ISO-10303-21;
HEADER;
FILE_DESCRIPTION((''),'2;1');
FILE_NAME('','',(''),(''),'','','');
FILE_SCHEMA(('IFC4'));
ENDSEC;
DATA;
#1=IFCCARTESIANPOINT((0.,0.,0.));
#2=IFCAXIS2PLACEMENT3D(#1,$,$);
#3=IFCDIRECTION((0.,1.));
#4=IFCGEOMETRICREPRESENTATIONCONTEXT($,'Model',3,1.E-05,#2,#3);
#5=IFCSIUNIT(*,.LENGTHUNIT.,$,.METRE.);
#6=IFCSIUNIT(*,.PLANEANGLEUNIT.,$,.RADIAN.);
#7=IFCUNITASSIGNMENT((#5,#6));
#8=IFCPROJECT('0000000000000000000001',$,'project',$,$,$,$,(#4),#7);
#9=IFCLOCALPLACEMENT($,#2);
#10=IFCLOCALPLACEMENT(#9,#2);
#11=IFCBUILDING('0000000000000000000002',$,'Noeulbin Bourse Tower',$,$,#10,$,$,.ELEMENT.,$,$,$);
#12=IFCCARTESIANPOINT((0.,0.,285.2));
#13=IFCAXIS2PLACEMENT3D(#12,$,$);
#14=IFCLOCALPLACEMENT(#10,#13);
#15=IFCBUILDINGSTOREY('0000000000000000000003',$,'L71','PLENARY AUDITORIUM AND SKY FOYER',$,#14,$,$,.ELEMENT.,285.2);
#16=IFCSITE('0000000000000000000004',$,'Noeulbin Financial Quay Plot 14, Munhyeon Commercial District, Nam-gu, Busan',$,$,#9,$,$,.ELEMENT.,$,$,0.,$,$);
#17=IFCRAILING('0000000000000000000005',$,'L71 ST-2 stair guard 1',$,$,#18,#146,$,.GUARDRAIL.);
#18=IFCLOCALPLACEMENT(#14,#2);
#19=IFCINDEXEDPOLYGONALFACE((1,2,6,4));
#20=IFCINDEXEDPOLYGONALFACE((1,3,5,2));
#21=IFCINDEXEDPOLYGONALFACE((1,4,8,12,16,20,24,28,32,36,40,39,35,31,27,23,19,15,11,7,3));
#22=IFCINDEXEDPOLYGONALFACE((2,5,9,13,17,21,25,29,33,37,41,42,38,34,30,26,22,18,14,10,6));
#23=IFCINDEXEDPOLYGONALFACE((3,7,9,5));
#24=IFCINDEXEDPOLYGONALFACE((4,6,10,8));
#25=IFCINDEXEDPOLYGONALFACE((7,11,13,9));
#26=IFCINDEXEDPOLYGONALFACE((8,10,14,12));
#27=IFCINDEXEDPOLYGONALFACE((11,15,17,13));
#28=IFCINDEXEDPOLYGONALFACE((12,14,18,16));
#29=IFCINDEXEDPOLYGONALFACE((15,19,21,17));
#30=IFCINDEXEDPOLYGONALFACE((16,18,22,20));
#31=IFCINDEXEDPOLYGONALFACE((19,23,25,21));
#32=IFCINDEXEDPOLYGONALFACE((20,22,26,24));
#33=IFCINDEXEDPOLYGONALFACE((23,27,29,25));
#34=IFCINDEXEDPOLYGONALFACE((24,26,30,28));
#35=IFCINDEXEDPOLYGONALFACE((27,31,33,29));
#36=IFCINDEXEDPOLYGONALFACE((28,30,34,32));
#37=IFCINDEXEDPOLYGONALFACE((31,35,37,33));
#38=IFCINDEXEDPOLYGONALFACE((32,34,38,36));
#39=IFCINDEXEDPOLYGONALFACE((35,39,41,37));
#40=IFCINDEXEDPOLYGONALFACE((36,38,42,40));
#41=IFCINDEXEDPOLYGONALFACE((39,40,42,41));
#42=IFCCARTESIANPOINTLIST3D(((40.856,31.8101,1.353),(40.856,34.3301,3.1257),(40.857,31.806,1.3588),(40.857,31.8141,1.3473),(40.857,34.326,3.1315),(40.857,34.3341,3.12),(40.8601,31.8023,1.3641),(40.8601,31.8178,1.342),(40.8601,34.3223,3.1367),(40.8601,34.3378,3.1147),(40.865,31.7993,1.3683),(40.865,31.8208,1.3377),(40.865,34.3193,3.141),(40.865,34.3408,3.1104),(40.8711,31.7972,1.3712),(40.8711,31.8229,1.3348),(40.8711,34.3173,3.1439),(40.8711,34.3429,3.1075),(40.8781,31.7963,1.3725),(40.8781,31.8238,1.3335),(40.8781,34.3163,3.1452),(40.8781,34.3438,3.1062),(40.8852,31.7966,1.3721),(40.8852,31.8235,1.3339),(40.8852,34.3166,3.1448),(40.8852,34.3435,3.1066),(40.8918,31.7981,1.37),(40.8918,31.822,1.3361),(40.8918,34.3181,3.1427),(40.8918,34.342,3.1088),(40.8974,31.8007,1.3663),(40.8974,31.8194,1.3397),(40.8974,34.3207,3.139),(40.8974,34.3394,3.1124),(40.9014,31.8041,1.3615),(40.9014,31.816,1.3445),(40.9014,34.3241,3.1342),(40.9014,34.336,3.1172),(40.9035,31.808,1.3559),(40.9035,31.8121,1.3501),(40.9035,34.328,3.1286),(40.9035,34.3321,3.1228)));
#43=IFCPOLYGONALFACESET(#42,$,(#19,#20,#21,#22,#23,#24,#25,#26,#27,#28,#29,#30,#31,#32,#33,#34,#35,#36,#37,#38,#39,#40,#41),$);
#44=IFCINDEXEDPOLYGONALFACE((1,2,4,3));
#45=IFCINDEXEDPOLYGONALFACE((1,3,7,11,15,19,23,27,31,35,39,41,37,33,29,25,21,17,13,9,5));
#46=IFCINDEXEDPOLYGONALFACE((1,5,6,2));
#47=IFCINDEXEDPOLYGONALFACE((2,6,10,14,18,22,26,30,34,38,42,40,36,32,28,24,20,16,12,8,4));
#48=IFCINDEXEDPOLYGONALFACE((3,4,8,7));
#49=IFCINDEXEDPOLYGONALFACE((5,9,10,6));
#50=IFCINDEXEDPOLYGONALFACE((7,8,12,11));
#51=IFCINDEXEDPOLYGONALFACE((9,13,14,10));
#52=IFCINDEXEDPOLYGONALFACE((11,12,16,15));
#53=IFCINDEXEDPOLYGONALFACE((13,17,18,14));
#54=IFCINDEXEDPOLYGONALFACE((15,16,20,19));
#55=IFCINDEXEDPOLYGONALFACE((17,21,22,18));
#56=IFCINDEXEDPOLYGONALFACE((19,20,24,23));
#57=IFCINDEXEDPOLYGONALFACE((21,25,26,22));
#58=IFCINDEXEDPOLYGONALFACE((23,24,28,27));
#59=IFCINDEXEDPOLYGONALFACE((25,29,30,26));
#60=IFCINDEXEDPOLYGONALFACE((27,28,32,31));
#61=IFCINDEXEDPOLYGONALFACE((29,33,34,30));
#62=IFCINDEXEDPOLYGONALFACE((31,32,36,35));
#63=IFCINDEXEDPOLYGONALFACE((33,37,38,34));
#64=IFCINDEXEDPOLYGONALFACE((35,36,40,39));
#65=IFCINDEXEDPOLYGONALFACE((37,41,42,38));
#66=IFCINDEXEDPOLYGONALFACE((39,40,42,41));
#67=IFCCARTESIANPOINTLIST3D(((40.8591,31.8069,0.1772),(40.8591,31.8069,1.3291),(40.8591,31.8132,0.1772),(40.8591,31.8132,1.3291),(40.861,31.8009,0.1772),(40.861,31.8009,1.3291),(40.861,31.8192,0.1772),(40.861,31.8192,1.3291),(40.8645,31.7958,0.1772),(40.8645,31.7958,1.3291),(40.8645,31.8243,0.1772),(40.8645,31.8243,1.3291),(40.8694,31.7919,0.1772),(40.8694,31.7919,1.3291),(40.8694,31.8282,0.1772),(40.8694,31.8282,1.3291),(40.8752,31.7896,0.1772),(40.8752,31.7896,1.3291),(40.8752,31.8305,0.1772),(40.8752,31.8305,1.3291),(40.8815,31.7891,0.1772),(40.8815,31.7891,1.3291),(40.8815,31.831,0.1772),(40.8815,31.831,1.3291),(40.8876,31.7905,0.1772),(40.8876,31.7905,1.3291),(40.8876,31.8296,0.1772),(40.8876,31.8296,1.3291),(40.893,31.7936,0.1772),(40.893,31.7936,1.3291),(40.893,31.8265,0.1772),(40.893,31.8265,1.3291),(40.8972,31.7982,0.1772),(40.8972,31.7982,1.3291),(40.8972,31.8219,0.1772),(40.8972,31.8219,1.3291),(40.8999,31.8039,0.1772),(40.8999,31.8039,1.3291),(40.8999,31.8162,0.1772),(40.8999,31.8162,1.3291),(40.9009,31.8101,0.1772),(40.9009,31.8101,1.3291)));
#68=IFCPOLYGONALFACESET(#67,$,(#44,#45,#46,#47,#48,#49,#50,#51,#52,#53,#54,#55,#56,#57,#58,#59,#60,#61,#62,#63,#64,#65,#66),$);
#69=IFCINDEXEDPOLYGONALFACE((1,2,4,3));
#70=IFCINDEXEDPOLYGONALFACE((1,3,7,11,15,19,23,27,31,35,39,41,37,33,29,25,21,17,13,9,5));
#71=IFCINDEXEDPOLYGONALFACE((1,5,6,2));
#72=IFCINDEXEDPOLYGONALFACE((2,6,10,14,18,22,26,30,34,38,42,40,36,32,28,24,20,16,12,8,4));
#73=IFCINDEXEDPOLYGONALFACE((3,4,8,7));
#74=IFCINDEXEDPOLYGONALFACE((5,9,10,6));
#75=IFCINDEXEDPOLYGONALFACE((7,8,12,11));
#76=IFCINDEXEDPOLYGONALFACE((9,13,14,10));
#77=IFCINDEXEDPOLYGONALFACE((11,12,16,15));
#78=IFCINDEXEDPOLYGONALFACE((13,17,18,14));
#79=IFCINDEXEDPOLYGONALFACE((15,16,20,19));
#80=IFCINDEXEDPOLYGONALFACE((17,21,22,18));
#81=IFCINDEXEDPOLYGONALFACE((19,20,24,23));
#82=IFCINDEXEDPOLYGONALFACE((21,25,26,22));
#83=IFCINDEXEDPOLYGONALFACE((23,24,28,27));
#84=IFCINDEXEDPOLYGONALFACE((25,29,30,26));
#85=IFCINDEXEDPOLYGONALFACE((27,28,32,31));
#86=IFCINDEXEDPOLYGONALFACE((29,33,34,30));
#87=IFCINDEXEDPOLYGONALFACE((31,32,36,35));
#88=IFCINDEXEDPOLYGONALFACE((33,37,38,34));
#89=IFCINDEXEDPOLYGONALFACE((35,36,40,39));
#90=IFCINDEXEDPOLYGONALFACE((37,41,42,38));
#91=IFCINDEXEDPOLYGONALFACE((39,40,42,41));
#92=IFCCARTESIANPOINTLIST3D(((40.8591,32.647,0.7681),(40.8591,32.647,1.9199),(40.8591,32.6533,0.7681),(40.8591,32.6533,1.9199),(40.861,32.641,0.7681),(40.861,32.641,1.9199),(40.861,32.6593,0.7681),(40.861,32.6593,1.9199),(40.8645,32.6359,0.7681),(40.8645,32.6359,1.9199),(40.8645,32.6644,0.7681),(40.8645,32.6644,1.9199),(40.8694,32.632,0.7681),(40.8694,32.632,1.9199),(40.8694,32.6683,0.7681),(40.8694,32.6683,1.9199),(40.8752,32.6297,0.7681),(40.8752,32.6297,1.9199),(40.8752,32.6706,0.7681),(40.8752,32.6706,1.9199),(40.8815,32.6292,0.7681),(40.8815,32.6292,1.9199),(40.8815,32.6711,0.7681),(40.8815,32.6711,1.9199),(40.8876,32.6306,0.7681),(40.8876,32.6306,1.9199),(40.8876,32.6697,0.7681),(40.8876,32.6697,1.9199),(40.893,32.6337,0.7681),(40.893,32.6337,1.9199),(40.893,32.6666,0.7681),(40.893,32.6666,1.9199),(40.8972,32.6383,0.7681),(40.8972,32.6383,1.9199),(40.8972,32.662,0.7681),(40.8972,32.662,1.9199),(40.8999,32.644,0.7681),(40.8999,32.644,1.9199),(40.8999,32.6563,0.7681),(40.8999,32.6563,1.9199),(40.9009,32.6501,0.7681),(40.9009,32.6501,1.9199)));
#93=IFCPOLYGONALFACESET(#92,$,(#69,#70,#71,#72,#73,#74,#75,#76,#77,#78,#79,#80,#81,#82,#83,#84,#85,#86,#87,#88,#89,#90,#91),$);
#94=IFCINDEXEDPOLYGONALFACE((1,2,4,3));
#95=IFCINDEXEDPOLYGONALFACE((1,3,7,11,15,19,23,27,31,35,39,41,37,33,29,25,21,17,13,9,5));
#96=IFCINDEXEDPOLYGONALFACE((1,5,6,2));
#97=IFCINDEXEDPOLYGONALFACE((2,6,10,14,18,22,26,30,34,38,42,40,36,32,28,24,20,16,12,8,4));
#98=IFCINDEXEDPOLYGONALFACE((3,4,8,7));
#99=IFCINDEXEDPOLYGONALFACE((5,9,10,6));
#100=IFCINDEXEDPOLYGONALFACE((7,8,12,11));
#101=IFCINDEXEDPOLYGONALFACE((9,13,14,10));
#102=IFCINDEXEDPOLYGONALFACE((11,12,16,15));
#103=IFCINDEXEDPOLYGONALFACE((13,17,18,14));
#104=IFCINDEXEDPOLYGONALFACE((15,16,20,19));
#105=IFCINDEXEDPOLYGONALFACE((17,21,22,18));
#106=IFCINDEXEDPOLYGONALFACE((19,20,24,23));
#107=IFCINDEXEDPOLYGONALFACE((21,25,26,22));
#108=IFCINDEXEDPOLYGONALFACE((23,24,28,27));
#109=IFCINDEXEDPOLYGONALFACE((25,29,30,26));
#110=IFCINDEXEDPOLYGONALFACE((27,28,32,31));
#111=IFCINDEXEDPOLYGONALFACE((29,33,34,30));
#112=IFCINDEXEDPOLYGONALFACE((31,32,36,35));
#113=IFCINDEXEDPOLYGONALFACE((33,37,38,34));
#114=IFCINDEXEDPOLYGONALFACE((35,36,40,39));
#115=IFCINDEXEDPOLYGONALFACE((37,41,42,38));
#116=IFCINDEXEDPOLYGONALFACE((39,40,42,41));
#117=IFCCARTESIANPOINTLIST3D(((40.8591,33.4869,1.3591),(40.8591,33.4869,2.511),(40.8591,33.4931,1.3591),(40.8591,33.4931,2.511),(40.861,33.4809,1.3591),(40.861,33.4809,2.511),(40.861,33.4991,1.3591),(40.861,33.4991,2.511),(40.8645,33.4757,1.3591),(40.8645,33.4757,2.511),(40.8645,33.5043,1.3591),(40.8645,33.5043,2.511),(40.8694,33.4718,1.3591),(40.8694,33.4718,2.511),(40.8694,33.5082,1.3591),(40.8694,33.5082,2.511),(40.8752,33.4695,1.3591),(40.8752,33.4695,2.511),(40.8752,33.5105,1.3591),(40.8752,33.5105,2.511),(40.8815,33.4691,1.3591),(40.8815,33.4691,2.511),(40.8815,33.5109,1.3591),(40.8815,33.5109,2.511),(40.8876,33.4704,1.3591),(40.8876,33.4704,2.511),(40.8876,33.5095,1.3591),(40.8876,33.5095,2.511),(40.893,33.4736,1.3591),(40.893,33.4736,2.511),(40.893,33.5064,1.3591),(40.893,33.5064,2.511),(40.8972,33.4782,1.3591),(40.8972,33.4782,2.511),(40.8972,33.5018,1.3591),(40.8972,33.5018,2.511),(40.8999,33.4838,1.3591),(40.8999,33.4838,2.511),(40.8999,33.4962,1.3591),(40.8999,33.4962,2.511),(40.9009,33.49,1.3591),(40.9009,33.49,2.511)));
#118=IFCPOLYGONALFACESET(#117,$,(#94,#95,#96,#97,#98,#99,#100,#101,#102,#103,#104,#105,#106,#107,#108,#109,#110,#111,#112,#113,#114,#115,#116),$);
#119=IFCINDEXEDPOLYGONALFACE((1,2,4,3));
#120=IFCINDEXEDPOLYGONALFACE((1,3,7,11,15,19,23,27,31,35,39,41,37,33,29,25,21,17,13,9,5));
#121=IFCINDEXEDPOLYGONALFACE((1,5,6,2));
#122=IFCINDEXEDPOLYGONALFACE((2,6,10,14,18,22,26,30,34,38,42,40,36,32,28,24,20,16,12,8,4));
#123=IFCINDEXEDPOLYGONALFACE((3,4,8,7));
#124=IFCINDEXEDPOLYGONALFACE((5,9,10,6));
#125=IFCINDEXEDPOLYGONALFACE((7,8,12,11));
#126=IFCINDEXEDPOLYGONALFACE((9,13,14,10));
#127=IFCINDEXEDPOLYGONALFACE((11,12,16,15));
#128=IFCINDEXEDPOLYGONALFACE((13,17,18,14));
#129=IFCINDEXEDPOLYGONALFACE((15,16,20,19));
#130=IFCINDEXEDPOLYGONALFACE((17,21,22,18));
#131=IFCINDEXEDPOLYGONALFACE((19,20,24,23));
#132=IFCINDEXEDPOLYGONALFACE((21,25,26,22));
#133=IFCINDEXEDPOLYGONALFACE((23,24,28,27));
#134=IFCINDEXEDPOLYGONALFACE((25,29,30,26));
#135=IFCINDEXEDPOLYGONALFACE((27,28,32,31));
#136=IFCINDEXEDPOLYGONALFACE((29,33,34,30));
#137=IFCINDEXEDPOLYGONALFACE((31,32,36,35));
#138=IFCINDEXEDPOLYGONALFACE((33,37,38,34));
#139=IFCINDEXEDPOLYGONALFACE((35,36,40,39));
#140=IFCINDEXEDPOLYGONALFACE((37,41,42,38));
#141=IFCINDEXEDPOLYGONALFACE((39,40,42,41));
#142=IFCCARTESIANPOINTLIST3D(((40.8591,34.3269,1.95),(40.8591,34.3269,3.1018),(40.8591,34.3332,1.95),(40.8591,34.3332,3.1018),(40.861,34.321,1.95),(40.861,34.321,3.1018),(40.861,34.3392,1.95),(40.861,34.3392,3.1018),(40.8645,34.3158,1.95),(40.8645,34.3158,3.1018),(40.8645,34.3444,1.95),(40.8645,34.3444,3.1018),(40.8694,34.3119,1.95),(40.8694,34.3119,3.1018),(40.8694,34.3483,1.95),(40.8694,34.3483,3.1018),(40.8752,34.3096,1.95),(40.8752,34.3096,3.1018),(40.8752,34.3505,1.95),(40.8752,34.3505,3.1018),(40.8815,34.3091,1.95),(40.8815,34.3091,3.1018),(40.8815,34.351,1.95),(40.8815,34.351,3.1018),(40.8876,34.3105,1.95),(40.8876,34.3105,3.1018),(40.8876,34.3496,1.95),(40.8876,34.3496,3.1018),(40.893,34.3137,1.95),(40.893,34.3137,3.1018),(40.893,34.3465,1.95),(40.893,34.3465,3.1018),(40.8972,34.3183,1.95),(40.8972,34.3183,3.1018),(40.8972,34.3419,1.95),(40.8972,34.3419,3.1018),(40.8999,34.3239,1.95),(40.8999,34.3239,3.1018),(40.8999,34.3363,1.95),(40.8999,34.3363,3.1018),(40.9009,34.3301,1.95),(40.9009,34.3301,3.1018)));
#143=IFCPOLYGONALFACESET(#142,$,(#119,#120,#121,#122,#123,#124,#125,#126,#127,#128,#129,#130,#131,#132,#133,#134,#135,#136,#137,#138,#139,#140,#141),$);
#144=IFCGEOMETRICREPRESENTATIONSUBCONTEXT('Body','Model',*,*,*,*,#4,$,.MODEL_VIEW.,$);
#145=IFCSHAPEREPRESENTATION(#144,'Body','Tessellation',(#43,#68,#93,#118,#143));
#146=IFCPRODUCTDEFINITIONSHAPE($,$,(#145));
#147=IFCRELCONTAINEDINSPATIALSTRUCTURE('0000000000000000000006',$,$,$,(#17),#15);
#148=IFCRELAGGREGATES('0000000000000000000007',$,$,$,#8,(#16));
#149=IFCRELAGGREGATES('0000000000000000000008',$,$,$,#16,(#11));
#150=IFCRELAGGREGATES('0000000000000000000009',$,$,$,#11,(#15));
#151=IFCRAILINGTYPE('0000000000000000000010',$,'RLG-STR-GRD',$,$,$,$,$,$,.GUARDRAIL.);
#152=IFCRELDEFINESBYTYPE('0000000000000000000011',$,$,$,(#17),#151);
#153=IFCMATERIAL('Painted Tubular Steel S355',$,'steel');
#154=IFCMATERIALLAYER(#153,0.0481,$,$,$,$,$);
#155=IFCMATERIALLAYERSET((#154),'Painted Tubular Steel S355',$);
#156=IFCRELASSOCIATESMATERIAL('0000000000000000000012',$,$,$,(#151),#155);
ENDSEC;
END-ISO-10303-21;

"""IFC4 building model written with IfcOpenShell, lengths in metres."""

from ifc_helpers import new_model, si_unit, direction, frame, origin, origin_2d, place, context, subcontext, project, spatial, circle, extrude, material, layer, layer_set, type_object, element, save


model = new_model("IFC4")

# Units and contexts
model_context = context("Model", 3, precision=1e-05, world=origin(), true_north=direction((0.0, 1.0)))
body_context = subcontext(model_context, "Body", "Model", "MODEL_VIEW")
ifc_project = project(units=[si_unit("LENGTHUNIT", "METRE"), si_unit("PLANEANGLEUNIT", "RADIAN")], contexts=[model_context])

# Site, building, storey
site_placement = place(None, origin())
site = spatial("IfcSite", under=ifc_project, at=site_placement, Name="Noeulbin Financial Quay Plot 14, Munhyeon Commercial District, Nam-gu, Busan", CompositionType="ELEMENT", RefElevation=0.0)
building_placement = place(site_placement, origin())
building = spatial("IfcBuilding", under=site, at=building_placement, Name="Noeulbin Bourse Tower", CompositionType="ELEMENT")
storey_placement = place(building_placement, frame((0.0, 0.0, 285.2)))
storey = spatial("IfcBuildingStorey", under=building, at=storey_placement, Name="L71", Description="PLENARY AUDITORIUM AND SKY FOYER", CompositionType="ELEMENT", Elevation=285.2)

# Railing
ifc_material_1 = material(Name="Painted Tubular Steel S355", Category="steel")
ifc_layer_1 = layer(ifc_material_1, 0.0481)
ifc_layer_set_1 = layer_set([ifc_layer_1], Name="Painted Tubular Steel S355")
railing_type_1 = type_object("IfcRailingType", Name="RLG-STR-GRD", PredefinedType="GUARDRAIL", material=ifc_layer_set_1)
railing_1_placement = place(storey_placement, frame((40.8799, 31.8101, 0.1772)))
element("IfcRailing", 1, at=railing_1_placement, inside=storey, type_object=railing_type_1, Name="L71 ST-2 stair guard 1", PredefinedType="GUARDRAIL", context=body_context, shape_type="SweptSolid", body=[
    extrude(circle(Radius=0.0239, at=origin_2d()), frame((0.0, 0.0, 1.1758), z_axis=(0.0, 0.817904, 0.575354), x_axis=(-1.0, 0.0, 0.0)), (0.0, 0.0, 1.0), 3.0811),
    extrude(circle(Radius=0.021, at=origin_2d()), origin(), (0.0, 0.0, 1.0), 1.1519),
    extrude(circle(Radius=0.021, at=origin_2d()), frame((0.0, 0.8401, 0.5908)), (0.0, 0.0, 1.0), 1.1519),
    extrude(circle(Radius=0.021, at=origin_2d()), frame((0.0, 1.6799, 1.1819)), (0.0, 0.0, 1.0), 1.1519),
    extrude(circle(Radius=0.021, at=origin_2d()), frame((0.0, 2.52, 1.7727)), (0.0, 0.0, 1.0), 1.1519),
])

save(model, "model.ifc")
